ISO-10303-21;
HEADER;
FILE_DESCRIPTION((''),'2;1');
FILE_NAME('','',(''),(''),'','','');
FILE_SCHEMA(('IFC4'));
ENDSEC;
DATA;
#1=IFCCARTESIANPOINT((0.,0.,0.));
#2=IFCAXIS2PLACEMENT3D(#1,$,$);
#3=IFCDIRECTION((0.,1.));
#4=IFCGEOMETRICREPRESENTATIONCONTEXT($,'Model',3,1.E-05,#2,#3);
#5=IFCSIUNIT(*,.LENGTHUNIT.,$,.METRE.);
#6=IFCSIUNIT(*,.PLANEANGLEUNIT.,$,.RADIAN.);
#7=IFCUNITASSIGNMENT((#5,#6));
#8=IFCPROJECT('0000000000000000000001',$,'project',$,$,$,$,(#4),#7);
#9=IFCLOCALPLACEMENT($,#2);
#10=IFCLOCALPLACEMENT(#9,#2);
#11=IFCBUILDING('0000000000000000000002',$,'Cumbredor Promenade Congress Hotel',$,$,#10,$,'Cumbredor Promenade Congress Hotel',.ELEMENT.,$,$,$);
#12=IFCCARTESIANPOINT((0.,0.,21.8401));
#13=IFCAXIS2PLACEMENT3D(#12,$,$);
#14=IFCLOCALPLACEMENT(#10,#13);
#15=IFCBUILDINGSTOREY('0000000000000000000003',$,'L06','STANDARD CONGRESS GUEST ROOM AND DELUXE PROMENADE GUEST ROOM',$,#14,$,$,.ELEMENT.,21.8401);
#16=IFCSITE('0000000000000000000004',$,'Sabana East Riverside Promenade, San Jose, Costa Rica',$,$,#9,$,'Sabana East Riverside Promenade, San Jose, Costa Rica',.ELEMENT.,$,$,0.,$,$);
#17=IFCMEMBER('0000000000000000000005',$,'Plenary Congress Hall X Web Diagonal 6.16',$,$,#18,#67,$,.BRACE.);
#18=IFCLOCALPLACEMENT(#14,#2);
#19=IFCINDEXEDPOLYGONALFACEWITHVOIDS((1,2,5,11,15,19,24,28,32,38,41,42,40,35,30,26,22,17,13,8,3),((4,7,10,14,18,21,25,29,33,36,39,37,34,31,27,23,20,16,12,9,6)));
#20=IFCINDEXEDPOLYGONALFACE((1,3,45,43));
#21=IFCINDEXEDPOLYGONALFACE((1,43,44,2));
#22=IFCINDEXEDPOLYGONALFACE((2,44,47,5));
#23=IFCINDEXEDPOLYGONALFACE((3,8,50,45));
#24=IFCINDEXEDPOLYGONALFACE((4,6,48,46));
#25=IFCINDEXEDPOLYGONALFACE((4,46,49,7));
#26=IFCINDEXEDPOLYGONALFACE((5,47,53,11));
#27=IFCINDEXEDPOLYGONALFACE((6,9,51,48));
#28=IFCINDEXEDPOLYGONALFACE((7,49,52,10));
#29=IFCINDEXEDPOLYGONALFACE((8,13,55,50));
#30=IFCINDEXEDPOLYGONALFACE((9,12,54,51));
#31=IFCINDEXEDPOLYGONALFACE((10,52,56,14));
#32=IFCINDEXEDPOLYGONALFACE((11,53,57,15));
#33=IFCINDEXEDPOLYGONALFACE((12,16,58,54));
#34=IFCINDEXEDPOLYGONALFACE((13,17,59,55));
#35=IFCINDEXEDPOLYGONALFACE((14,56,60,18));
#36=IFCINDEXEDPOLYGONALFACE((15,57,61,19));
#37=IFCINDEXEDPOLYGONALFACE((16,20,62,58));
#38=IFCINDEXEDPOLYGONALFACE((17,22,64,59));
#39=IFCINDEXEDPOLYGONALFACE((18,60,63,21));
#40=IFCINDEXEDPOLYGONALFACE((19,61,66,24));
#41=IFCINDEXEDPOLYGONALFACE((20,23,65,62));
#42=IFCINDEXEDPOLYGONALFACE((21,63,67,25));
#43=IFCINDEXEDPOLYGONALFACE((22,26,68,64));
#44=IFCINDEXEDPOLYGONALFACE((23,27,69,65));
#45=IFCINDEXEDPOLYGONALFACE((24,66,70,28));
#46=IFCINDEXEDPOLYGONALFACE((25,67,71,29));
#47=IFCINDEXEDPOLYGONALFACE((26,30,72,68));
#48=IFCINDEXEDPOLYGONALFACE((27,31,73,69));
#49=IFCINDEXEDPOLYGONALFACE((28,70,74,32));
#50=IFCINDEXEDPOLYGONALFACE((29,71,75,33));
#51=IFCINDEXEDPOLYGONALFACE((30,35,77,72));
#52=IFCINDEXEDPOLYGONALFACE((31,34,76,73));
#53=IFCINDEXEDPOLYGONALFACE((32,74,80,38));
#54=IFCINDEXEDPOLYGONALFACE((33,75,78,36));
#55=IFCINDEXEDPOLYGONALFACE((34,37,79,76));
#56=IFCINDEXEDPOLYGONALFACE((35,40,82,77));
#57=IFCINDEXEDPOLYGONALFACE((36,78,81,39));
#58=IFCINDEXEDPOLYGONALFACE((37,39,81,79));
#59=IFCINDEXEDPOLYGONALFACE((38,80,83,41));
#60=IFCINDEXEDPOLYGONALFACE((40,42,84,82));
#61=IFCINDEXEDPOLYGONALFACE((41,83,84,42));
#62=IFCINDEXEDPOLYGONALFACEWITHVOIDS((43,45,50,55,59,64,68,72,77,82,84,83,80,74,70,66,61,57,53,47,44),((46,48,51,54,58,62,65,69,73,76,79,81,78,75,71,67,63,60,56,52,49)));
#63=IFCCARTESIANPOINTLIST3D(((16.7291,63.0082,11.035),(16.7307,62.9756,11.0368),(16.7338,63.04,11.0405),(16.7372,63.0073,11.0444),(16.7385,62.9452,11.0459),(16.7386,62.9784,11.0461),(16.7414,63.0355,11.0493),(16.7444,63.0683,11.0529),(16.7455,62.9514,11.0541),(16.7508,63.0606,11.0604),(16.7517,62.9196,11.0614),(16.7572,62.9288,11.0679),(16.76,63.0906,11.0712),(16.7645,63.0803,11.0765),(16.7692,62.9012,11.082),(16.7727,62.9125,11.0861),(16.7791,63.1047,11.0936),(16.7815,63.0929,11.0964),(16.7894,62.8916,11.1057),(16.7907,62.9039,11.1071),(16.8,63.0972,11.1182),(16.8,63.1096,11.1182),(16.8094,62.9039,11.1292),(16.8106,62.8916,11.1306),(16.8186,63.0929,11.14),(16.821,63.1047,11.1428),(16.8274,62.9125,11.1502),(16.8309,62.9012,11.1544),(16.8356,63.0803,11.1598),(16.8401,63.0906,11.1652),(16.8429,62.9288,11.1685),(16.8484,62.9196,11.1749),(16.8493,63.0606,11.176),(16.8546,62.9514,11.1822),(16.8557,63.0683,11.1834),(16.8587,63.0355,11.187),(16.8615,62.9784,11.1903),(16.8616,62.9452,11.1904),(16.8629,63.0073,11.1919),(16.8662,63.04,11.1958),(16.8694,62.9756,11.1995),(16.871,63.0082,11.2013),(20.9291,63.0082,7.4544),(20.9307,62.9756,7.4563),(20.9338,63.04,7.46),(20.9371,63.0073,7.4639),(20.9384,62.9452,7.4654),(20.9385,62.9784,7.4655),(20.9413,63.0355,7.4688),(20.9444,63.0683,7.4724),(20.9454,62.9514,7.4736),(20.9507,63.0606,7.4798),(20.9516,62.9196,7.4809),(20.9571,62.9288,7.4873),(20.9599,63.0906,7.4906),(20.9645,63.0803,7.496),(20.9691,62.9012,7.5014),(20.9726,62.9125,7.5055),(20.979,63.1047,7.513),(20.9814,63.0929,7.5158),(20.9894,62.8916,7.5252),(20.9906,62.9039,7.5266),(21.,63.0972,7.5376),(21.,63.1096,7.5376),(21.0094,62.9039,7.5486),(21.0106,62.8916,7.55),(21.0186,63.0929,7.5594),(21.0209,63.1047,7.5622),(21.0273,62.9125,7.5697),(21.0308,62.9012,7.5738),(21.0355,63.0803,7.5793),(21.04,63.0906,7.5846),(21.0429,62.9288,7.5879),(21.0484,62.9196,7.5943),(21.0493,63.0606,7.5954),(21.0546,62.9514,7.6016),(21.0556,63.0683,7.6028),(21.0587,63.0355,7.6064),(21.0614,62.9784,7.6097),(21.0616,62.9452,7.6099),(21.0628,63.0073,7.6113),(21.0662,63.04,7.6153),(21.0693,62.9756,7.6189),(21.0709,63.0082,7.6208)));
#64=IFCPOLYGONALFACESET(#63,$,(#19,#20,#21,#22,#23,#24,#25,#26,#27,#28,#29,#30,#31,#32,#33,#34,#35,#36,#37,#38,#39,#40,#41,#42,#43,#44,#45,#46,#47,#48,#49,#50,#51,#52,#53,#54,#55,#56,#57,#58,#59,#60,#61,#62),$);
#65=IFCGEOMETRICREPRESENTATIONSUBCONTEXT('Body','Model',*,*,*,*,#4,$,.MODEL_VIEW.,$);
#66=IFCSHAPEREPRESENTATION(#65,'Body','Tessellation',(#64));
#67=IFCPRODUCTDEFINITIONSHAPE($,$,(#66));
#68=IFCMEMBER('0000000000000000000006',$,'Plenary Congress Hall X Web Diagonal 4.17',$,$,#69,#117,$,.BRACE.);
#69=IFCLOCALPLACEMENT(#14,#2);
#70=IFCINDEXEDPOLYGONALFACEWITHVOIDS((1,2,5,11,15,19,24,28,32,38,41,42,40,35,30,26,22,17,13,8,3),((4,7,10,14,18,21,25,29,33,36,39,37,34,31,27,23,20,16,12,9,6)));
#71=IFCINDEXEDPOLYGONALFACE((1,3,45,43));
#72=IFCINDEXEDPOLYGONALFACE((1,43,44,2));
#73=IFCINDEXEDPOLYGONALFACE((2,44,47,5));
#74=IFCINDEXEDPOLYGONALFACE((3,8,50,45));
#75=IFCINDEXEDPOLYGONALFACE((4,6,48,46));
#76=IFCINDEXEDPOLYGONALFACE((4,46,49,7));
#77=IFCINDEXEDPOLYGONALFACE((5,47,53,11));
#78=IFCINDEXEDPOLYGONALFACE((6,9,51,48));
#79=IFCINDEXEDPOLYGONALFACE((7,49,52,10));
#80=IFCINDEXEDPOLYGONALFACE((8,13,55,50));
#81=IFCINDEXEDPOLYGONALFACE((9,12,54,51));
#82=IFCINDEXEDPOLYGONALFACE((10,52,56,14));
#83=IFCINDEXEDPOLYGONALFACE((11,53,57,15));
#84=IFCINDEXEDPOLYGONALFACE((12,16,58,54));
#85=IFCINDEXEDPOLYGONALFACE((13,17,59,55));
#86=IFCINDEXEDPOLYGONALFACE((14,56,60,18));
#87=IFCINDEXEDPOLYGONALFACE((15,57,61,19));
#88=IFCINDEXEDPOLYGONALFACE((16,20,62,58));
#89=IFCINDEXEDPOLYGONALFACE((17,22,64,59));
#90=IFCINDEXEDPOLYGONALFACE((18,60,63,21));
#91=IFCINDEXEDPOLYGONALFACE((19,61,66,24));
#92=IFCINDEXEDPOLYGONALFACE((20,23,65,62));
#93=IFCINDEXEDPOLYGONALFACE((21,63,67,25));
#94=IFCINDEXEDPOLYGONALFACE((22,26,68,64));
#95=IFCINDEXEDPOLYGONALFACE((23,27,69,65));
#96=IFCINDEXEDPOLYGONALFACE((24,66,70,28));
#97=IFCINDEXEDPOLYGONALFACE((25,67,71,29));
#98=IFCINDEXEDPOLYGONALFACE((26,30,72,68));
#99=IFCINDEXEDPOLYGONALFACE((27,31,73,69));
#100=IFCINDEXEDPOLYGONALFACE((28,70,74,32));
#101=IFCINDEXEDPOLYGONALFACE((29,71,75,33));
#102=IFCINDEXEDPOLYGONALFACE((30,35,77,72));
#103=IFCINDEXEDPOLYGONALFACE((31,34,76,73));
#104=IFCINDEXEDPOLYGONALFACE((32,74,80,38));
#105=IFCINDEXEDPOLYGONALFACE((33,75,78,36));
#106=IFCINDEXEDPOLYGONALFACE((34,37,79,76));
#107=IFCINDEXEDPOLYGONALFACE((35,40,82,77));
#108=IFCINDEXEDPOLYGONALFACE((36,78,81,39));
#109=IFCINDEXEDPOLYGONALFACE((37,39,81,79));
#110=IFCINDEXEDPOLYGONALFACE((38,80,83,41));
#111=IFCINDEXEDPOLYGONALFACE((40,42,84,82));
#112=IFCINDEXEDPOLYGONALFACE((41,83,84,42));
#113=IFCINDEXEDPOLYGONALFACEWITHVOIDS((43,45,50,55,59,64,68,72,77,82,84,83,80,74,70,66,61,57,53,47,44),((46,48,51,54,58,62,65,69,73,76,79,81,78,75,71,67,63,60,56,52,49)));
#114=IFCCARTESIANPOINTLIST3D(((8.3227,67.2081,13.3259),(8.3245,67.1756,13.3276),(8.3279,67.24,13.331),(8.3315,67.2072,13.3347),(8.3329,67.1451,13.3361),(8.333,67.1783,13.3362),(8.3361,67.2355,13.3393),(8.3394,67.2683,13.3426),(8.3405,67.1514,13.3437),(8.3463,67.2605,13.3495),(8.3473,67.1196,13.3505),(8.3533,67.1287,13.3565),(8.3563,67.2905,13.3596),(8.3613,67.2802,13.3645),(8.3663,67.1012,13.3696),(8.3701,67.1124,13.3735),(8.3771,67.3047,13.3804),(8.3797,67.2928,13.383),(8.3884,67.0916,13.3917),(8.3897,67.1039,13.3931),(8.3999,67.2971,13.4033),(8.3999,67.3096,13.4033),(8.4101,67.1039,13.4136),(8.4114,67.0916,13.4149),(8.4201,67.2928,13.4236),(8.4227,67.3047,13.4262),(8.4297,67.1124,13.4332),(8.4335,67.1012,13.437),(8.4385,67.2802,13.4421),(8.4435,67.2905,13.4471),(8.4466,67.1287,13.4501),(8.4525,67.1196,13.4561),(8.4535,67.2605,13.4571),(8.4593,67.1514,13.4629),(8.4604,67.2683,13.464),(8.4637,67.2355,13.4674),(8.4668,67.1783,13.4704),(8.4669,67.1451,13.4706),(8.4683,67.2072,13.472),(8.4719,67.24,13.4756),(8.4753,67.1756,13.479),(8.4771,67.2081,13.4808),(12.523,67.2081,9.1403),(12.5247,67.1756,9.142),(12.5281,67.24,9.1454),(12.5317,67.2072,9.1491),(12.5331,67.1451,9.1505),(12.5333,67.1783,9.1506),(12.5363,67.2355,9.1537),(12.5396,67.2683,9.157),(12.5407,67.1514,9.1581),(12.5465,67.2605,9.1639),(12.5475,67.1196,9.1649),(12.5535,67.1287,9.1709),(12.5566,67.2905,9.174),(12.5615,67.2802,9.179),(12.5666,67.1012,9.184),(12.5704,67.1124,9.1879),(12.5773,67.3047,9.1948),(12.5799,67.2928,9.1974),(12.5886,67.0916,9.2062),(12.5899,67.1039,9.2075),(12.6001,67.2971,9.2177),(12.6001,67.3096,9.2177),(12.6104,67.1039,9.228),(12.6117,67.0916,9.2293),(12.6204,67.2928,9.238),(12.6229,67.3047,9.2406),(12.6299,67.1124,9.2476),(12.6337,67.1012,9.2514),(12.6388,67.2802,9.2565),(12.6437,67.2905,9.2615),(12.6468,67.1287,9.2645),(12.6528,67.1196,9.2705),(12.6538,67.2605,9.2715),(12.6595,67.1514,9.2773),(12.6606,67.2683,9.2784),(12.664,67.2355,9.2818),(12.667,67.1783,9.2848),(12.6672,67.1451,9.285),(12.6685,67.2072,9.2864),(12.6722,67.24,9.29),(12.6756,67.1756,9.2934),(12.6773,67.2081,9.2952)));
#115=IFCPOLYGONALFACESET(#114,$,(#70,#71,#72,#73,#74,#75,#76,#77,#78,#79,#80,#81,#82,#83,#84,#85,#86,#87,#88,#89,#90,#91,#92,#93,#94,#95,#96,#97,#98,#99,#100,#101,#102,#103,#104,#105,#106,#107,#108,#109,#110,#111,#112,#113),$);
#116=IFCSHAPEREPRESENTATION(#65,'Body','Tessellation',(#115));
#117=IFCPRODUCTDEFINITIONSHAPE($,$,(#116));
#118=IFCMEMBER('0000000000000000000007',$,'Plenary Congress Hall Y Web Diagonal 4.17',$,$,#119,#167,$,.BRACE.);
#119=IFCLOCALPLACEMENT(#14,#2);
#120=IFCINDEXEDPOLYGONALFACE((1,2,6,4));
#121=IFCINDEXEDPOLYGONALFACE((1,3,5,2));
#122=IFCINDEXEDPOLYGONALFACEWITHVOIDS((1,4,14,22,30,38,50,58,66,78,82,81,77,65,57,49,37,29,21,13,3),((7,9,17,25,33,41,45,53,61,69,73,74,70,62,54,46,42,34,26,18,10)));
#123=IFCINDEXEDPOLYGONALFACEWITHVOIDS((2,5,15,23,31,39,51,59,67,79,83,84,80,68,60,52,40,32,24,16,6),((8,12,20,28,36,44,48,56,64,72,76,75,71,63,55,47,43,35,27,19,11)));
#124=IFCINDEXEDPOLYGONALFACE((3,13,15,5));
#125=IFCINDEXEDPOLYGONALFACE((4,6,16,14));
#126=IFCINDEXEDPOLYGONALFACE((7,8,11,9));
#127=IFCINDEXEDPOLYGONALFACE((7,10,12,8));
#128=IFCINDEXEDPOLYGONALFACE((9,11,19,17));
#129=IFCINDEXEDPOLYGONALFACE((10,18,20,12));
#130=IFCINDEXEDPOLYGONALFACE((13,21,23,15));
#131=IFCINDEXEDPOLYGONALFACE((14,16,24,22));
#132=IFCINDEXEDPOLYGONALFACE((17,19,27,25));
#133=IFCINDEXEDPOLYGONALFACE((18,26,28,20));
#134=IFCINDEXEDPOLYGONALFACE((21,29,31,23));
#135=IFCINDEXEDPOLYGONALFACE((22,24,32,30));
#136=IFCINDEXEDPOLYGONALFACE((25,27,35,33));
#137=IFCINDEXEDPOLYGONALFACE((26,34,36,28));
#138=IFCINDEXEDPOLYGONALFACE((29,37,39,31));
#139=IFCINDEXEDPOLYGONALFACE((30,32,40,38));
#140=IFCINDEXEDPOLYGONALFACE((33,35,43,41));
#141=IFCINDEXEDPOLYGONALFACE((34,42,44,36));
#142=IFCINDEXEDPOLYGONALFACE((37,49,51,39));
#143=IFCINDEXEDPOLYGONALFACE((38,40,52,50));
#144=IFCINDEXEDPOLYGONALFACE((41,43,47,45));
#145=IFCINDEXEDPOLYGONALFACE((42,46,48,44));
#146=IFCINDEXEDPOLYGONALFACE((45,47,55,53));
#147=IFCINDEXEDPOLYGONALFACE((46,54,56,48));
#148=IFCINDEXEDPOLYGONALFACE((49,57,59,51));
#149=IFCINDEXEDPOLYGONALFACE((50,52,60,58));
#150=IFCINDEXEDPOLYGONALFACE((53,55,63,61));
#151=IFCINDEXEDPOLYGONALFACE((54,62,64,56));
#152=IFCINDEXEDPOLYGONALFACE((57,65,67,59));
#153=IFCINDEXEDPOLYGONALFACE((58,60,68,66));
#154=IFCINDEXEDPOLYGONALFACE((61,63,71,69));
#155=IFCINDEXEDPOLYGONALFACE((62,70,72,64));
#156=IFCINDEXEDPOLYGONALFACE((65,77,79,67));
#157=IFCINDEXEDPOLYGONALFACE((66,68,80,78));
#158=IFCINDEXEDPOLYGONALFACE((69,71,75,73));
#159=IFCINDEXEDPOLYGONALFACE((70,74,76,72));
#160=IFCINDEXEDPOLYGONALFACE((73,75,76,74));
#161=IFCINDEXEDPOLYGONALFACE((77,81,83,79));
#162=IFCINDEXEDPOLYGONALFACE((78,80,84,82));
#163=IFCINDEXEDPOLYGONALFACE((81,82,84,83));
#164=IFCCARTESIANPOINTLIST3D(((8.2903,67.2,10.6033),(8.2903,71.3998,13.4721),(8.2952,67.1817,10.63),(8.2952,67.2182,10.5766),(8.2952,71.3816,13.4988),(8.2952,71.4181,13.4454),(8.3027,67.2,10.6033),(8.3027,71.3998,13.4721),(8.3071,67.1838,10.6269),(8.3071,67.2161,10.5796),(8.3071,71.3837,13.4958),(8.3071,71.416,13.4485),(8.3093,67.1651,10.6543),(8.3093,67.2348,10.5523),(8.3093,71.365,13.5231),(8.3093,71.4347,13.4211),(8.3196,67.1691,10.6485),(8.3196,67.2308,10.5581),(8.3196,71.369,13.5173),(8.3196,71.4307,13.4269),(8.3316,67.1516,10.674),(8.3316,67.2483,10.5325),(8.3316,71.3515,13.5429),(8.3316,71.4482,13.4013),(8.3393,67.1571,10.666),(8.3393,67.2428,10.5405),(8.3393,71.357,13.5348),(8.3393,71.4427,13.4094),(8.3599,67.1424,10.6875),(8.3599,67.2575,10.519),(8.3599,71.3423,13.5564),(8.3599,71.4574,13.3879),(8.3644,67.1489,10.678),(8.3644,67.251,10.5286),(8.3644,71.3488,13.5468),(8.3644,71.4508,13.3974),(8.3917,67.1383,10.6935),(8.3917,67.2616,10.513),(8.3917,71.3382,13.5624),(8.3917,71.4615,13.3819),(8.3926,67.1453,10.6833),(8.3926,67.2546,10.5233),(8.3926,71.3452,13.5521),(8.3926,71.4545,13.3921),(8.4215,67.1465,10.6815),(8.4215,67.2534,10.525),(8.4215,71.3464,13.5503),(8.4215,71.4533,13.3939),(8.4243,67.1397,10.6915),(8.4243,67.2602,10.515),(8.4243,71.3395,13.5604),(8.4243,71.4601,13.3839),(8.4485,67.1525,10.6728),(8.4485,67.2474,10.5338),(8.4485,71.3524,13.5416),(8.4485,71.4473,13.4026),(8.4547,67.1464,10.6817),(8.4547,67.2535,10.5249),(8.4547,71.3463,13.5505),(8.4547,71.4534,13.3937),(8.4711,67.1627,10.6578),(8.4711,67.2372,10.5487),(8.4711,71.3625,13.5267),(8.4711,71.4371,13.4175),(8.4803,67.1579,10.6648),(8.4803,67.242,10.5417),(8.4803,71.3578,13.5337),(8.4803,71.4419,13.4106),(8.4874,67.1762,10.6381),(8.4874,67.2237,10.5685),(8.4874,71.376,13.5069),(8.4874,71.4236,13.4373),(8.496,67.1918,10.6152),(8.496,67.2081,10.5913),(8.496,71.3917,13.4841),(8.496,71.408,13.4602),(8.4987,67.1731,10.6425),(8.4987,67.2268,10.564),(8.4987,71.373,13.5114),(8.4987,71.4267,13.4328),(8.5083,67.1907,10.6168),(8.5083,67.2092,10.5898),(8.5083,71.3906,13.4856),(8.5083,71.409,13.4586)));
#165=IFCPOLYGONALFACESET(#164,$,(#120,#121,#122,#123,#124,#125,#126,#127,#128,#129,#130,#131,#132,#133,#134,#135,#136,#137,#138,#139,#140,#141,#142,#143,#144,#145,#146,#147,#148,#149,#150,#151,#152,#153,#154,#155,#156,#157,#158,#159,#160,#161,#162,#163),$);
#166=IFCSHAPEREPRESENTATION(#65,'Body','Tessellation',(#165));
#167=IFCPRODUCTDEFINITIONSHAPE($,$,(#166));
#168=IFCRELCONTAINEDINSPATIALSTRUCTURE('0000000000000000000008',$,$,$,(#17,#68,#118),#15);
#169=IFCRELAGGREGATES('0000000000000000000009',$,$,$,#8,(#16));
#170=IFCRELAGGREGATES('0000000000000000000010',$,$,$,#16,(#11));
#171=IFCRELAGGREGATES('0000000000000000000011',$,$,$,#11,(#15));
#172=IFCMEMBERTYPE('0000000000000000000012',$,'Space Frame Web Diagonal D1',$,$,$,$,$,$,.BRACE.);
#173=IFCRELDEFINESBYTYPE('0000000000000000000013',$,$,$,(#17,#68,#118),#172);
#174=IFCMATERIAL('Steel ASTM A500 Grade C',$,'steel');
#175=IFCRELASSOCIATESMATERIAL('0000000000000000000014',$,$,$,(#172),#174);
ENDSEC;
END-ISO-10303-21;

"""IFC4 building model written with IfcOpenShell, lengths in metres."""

from ifc_helpers import new_model, si_unit, direction, frame, origin, origin_2d, place, context, subcontext, project, spatial, hollow_circle, extrude, material, material_profile, profile_set, type_object, element, save


model = new_model("IFC4")

# Units and contexts
model_context = context("Model", 3, precision=1e-05, world=origin(), true_north=direction((0.0, 1.0)))
body_context = subcontext(model_context, "Body", "Model", "MODEL_VIEW")
ifc_project = project(units=[si_unit("LENGTHUNIT", "METRE"), si_unit("PLANEANGLEUNIT", "RADIAN")], contexts=[model_context])

# Site, building, storey
site_placement = place(None, origin())
site = spatial("IfcSite", under=ifc_project, at=site_placement, Name="Sabana East Riverside Promenade, San Jose, Costa Rica", LongName="Sabana East Riverside Promenade, San Jose, Costa Rica", CompositionType="ELEMENT", RefElevation=0.0)
building_placement = place(site_placement, origin())
building = spatial("IfcBuilding", under=site, at=building_placement, Name="Cumbredor Promenade Congress Hotel", LongName="Cumbredor Promenade Congress Hotel", CompositionType="ELEMENT")
storey_placement = place(building_placement, frame((0.0, 0.0, 21.8401)))
storey = spatial("IfcBuildingStorey", under=building, at=storey_placement, Name="L06", Description="STANDARD CONGRESS GUEST ROOM AND DELUXE PROMENADE GUEST ROOM", CompositionType="ELEMENT", Elevation=21.8401)

# Members
ifc_material_1 = material(Name="Steel ASTM A500 Grade C", Category="steel")
ifc_material_profile_1 = material_profile(ifc_material_1, hollow_circle(Radius=0.1096, WallThickness=0.0125, at=origin_2d()), Name="CHS 219.1x12.5")
ifc_profile_set_1 = profile_set([ifc_material_profile_1], Name="Steel ASTM A500 Grade C")
member_type_1 = type_object("IfcMemberType", Name="Space Frame Web Diagonal D1", PredefinedType="BRACE", material=ifc_profile_set_1)
member_1_placement = place(storey_placement, frame((16.8, 63.0, 11.1182), z_axis=(0.76099, 0.0, -0.648764), x_axis=(0.0, 1.0, 0.0)))
element("IfcMember", 1, at=member_1_placement, inside=storey, type_object=member_type_1, Name="Plenary Congress Hall X Web Diagonal 6.16", PredefinedType="BRACE", context=body_context, shape_type="SweptSolid", body=[
    extrude(hollow_circle(Radius=0.1096, WallThickness=0.0125, at=origin_2d()), origin(), (0.0, 0.0, 1.0), 5.519),
])
member_2_placement = place(storey_placement, frame((8.3999, 67.2, 13.4033), z_axis=(0.708341, 0.0, -0.705871), x_axis=(0.0, 1.0, 0.0)))
element("IfcMember", 2, at=member_2_placement, inside=storey, type_object=member_type_1, Name="Plenary Congress Hall X Web Diagonal 4.17", PredefinedType="BRACE", context=body_context, shape_type="SweptSolid", body=[
    extrude(hollow_circle(Radius=0.1096, WallThickness=0.0125, at=origin_2d()), origin(), (0.0, 0.0, 1.0), 5.9297),
])
member_3_placement = place(storey_placement, frame((8.3999, 67.2, 10.6033), z_axis=(0.0, 0.825743, 0.564047), x_axis=(-1.0, 0.0, 0.0)))
element("IfcMember", 3, at=member_3_placement, inside=storey, type_object=member_type_1, Name="Plenary Congress Hall Y Web Diagonal 4.17", PredefinedType="BRACE", context=body_context, shape_type="SweptSolid", body=[
    extrude(hollow_circle(Radius=0.1096, WallThickness=0.0125, at=origin_2d()), origin(), (0.0, 0.0, 1.0), 5.0862),
])

save(model, "model.ifc")
